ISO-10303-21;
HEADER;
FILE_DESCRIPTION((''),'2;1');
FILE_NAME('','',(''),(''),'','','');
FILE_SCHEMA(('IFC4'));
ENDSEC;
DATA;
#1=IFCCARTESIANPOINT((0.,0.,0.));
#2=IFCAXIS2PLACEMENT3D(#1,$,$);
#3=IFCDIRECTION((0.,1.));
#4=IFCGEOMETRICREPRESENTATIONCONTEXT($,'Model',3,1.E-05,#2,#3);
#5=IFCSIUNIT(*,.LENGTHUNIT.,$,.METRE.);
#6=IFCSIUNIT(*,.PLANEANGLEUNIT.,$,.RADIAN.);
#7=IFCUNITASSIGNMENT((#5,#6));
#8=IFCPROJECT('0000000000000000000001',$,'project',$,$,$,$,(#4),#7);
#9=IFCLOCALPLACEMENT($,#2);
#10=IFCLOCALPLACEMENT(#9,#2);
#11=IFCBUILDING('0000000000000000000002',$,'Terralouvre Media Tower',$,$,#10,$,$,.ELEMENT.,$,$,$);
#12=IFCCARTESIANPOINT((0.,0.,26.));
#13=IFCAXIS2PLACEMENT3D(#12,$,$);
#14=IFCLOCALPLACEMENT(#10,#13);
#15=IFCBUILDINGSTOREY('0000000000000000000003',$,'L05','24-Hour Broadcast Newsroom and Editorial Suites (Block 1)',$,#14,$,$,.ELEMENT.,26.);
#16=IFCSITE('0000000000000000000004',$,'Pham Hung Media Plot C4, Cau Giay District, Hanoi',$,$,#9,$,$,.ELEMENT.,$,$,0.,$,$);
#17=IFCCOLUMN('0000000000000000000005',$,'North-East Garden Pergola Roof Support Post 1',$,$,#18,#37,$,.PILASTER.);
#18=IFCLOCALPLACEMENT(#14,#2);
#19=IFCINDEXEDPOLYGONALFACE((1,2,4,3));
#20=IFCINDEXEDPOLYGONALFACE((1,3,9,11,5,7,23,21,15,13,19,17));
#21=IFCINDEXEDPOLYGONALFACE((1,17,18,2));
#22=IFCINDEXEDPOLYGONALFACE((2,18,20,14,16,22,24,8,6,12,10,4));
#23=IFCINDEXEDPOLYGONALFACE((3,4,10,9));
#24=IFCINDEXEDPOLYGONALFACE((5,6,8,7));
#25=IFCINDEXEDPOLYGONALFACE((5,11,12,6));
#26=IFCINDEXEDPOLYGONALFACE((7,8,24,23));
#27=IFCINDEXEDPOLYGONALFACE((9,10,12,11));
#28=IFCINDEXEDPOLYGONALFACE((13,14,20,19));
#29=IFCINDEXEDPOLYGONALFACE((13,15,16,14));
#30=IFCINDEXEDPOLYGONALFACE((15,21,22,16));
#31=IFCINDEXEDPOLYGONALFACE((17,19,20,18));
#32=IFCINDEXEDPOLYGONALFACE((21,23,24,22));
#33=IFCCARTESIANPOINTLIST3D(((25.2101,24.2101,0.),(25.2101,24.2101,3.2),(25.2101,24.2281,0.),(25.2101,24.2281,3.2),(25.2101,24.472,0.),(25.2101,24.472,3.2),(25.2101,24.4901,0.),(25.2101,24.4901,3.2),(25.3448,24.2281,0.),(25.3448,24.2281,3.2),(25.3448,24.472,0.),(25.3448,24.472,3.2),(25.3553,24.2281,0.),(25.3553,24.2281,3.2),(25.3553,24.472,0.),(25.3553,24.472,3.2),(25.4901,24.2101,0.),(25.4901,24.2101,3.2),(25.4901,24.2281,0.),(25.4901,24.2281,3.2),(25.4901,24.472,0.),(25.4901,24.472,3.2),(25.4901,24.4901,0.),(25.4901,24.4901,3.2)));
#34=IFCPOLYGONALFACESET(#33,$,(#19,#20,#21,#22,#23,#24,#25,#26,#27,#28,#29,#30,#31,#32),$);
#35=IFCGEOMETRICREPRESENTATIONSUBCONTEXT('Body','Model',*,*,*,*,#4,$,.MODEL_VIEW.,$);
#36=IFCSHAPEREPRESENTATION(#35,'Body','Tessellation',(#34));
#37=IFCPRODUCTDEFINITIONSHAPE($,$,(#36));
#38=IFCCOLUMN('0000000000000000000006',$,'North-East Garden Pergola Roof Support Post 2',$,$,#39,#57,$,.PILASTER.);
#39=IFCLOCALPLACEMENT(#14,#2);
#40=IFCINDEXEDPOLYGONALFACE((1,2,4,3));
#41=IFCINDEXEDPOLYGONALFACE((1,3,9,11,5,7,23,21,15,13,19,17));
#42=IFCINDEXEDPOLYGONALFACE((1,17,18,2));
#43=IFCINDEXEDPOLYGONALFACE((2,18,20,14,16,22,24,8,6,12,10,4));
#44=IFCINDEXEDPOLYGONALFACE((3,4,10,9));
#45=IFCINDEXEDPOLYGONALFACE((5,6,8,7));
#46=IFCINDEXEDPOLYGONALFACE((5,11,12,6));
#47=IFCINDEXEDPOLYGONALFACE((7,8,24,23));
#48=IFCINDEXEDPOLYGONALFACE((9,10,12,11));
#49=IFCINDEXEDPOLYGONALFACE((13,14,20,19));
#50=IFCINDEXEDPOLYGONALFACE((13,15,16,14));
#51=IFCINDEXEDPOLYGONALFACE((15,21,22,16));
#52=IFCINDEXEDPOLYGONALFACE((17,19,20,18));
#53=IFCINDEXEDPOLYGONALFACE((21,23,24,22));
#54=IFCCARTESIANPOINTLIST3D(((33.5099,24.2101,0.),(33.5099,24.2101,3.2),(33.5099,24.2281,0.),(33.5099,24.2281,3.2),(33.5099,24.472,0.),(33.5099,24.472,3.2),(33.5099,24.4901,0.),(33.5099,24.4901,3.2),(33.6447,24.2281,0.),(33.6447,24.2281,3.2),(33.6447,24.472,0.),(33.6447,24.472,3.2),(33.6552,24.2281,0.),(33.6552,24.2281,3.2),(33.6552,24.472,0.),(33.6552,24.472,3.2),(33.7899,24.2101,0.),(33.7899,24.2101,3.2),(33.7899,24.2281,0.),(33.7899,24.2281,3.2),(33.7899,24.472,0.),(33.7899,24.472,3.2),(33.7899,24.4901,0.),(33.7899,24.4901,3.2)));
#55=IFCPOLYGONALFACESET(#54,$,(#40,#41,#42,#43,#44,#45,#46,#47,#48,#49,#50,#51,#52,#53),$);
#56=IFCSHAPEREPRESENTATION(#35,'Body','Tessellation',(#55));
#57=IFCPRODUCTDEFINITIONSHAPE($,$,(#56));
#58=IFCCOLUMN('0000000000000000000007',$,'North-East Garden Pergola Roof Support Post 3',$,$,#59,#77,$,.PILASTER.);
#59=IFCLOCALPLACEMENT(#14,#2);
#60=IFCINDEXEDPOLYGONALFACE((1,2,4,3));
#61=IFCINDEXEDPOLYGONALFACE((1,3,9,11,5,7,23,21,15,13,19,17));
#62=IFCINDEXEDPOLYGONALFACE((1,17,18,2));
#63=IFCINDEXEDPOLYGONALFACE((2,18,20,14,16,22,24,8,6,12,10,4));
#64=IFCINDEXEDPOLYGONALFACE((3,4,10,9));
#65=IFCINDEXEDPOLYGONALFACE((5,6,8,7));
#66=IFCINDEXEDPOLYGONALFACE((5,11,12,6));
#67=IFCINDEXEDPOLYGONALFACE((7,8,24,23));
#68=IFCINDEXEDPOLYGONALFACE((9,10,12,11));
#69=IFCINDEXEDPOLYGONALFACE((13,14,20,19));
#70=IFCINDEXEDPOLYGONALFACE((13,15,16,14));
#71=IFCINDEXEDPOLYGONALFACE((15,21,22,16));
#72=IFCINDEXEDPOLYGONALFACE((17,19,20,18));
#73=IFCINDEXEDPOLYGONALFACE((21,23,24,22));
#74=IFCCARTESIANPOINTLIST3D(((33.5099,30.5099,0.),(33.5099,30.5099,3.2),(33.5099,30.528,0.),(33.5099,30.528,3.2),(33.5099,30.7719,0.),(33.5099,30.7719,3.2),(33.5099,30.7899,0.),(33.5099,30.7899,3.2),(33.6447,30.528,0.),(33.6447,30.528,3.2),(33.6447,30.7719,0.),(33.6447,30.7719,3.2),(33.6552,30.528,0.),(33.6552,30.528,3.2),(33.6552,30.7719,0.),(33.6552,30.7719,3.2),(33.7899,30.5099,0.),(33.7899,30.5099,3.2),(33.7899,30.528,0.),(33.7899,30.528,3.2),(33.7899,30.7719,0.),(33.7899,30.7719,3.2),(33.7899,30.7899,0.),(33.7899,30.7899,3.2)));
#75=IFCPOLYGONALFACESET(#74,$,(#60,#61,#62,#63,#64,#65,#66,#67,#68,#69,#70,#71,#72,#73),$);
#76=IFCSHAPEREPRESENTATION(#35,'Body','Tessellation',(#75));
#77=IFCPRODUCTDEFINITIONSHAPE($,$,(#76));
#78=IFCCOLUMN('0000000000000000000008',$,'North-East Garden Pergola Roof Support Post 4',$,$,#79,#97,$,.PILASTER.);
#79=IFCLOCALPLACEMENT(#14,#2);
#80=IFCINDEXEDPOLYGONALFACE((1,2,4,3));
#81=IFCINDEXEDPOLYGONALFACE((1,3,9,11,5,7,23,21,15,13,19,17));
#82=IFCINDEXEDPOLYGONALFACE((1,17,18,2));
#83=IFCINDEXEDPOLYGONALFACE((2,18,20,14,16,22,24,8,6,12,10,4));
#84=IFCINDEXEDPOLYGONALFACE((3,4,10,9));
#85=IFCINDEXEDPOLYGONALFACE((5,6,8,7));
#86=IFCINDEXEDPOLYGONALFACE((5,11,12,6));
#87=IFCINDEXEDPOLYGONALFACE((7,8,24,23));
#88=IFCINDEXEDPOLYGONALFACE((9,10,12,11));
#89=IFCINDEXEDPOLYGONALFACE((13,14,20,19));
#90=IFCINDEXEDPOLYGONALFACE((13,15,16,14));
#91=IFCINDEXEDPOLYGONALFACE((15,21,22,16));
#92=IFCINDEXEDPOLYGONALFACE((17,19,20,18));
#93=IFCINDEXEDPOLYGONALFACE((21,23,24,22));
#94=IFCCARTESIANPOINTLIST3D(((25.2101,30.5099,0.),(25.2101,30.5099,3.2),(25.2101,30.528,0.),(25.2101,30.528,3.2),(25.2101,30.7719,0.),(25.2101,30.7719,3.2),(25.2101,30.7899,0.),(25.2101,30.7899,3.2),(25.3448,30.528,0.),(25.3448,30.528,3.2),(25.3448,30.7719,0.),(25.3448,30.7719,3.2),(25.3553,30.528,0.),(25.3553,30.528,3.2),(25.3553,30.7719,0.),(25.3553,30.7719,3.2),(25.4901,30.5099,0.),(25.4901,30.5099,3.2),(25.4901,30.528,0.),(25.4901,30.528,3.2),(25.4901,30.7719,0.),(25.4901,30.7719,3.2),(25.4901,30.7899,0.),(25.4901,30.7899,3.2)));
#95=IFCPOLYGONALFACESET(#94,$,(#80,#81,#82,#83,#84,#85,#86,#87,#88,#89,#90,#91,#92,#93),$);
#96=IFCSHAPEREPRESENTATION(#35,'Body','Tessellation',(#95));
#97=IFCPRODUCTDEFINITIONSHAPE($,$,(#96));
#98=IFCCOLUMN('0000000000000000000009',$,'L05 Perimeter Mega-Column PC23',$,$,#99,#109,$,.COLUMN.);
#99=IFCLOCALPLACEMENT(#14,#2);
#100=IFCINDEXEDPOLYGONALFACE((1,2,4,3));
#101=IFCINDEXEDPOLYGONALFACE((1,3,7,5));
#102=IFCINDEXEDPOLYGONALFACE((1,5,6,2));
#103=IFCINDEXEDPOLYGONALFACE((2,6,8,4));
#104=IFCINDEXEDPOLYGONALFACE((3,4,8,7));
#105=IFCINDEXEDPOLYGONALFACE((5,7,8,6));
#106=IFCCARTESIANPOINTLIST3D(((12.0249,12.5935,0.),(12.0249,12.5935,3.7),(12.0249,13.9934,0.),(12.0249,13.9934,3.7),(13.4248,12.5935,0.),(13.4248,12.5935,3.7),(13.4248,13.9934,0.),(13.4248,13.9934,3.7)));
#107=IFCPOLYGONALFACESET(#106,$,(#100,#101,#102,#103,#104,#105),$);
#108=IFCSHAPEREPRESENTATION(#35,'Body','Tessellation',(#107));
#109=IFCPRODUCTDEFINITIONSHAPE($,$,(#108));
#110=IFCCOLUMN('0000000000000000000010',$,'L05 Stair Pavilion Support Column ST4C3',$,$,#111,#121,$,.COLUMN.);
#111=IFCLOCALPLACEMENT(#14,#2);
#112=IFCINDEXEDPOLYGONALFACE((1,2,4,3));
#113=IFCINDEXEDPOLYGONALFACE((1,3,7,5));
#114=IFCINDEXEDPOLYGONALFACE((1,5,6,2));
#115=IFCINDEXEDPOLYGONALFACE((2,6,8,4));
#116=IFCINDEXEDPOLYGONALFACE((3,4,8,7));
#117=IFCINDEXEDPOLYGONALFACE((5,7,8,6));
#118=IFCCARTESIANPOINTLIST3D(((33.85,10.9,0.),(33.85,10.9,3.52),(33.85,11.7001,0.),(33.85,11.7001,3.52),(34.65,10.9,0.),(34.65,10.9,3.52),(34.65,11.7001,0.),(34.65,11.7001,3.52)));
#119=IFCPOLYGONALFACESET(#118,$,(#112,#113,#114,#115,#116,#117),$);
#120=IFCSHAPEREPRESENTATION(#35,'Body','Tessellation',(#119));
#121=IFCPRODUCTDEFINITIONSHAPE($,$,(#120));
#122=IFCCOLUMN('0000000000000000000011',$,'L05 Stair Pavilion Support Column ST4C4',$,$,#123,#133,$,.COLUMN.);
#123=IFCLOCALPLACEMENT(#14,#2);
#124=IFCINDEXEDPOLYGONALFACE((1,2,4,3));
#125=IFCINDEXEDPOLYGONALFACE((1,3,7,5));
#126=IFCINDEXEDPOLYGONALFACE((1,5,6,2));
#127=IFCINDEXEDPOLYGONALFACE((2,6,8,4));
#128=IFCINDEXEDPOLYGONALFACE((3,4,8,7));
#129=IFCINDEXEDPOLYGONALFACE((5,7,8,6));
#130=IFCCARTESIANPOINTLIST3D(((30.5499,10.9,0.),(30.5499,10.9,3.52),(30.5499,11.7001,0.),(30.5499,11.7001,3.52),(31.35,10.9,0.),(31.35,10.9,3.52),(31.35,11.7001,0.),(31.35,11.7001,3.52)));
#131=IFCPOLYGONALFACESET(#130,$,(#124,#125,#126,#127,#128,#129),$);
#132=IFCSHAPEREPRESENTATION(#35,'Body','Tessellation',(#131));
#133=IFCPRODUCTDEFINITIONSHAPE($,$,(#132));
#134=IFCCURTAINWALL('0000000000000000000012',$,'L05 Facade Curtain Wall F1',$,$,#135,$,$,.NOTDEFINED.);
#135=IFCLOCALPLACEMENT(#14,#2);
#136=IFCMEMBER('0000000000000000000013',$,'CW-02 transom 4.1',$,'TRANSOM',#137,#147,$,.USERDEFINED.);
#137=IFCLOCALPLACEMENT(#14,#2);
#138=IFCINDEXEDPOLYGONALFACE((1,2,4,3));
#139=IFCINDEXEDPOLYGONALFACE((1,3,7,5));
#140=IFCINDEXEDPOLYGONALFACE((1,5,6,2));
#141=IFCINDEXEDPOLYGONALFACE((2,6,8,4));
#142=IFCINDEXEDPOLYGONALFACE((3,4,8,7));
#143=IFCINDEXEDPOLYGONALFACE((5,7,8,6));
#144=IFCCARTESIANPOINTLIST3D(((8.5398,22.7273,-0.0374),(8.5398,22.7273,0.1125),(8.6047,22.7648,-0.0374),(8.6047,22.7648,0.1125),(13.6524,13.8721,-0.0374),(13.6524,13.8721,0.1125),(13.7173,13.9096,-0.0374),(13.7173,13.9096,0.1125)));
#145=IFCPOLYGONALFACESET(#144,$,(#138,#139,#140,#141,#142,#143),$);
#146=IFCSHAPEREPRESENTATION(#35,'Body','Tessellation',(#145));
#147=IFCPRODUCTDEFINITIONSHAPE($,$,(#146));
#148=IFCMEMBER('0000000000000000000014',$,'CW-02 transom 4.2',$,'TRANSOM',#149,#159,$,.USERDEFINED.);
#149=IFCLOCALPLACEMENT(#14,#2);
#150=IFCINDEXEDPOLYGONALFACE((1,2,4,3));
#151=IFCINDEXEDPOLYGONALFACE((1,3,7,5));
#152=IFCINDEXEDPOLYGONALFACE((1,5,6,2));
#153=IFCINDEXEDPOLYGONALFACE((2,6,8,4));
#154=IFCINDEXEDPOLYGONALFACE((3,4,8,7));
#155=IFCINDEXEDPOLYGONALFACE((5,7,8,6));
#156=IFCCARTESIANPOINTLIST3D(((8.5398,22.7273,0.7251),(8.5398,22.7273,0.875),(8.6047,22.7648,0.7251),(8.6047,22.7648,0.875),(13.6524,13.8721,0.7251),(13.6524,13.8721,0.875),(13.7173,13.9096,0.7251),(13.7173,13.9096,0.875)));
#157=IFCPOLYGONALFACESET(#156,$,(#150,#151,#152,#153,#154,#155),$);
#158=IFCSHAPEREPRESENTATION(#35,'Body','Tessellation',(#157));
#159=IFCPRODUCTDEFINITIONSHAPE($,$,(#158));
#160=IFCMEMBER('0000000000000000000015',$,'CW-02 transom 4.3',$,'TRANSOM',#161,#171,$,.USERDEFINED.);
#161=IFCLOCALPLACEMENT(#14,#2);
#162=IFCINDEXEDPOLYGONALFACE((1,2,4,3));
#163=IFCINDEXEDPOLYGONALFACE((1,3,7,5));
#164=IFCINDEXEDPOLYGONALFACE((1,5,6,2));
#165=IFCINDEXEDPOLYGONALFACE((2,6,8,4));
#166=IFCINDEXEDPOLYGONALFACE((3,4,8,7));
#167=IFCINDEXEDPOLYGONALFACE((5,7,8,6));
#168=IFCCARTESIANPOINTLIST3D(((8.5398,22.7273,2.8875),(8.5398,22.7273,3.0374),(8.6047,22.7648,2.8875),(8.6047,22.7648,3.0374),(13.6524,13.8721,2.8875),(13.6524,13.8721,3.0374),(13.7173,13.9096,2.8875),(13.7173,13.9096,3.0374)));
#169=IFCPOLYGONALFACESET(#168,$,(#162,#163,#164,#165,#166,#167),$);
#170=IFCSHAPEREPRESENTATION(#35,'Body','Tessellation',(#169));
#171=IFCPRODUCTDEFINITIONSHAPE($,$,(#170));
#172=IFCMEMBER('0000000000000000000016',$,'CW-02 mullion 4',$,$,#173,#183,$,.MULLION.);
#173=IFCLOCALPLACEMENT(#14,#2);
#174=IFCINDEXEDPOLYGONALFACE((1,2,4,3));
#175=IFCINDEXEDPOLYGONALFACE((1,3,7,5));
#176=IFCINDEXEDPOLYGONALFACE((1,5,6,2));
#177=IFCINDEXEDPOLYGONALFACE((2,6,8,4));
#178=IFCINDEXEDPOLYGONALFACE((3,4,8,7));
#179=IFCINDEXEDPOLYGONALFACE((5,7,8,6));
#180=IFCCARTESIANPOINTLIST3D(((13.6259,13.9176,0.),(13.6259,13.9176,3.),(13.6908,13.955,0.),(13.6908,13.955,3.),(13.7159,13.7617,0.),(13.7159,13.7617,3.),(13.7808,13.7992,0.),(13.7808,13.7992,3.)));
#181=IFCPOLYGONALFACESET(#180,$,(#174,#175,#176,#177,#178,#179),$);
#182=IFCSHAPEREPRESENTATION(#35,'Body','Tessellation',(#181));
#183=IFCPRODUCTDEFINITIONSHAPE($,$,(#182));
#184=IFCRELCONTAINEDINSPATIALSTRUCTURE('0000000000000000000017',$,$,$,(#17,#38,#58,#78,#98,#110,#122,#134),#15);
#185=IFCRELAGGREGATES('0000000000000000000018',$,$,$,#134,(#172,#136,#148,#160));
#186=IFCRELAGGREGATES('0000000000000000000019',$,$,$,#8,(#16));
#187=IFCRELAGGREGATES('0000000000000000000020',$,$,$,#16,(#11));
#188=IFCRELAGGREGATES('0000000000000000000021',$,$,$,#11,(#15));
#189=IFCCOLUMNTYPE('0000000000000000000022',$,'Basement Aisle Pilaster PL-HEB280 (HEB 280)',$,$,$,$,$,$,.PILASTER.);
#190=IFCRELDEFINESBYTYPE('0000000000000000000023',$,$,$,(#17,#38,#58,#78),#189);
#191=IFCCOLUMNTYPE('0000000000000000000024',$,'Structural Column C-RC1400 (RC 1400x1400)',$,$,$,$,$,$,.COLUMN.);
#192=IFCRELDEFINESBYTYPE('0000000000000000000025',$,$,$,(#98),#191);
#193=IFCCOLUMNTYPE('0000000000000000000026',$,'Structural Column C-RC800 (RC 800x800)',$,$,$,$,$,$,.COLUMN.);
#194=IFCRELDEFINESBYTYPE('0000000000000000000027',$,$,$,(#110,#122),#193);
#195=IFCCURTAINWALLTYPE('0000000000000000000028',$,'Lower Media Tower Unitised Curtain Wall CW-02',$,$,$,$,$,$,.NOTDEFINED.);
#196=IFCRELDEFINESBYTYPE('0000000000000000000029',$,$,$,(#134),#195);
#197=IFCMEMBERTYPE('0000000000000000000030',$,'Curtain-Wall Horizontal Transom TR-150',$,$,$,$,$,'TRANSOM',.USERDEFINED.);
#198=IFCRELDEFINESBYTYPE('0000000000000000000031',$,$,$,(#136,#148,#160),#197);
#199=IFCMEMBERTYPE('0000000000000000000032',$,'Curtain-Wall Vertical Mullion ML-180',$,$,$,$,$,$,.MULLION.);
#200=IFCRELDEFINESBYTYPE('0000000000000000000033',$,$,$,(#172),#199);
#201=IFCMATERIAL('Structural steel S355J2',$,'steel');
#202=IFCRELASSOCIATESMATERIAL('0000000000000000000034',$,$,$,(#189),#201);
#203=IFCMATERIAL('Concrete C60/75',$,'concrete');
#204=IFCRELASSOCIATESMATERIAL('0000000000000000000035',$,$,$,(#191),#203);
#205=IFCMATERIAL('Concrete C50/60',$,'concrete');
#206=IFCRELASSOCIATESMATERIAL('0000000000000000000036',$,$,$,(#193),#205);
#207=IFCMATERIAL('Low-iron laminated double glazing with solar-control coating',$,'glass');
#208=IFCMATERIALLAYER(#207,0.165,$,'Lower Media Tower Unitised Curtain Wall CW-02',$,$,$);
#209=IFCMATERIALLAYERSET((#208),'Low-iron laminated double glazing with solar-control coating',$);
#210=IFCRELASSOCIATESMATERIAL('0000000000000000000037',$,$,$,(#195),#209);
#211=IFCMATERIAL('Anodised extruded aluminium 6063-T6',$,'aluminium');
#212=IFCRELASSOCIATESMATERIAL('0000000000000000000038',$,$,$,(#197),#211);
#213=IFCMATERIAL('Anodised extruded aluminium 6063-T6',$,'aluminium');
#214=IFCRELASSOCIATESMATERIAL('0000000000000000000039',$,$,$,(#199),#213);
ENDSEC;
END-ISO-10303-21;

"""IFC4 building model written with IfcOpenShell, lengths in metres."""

from ifc_helpers import new_model, si_unit, direction, frame, origin, origin_2d, place, context, subcontext, project, spatial, rectangle, i_section, extrude, material, layer, layer_set, material_profile, profile_set, type_object, element, aggregate, save


model = new_model("IFC4")

# Units and contexts
model_context = context("Model", 3, precision=1e-05, world=origin(), true_north=direction((0.0, 1.0)))
body_context = subcontext(model_context, "Body", "Model", "MODEL_VIEW")
ifc_project = project(units=[si_unit("LENGTHUNIT", "METRE"), si_unit("PLANEANGLEUNIT", "RADIAN")], contexts=[model_context])

# Site, building, storey
site_placement = place(None, origin())
site = spatial("IfcSite", under=ifc_project, at=site_placement, Name="Pham Hung Media Plot C4, Cau Giay District, Hanoi", CompositionType="ELEMENT", RefElevation=0.0)
building_placement = place(site_placement, origin())
building = spatial("IfcBuilding", under=site, at=building_placement, Name="Terralouvre Media Tower", CompositionType="ELEMENT")
storey_placement = place(building_placement, frame((0.0, 0.0, 26.0)))
storey = spatial("IfcBuildingStorey", under=building, at=storey_placement, Name="L05", Description="24-Hour Broadcast Newsroom and Editorial Suites (Block 1)", CompositionType="ELEMENT", Elevation=26.0)

# Columns
ifc_material_1 = material(Name="Structural steel S355J2", Category="steel")
ifc_material_profile_1 = material_profile(ifc_material_1, i_section(OverallWidth=0.28, OverallDepth=0.28, WebThickness=0.0105, FlangeThickness=0.0181, at=origin_2d()), Name="HEB 280")
ifc_profile_set_1 = profile_set([ifc_material_profile_1], Name="Structural steel S355J2")
column_type_1 = type_object("IfcColumnType", Name="Basement Aisle Pilaster PL-HEB280 (HEB 280)", PredefinedType="PILASTER", material=ifc_profile_set_1)
for number, where, z_axis, x_axis, name in (
    (1, (25.3501, 24.3501, 0.0), (0.0, 0.0, 1.0), (1.0, 0.0, 0.0), "North-East Garden Pergola Roof Support Post 1"),
    (2, (33.6499, 24.3501, 0.0), (0.0, 0.0, 1.0), (1.0, 0.0, 0.0), "North-East Garden Pergola Roof Support Post 2"),
    (3, (33.6499, 30.6499, 0.0), (0.0, 0.0, 1.0), (1.0, 0.0, 0.0), "North-East Garden Pergola Roof Support Post 3"),
    (4, (25.3501, 30.6499, 0.0), (0.0, 0.0, 1.0), (1.0, 0.0, 0.0), "North-East Garden Pergola Roof Support Post 4"),
):
    element("IfcColumn", number, at=place(storey_placement, frame(where, z_axis=z_axis, x_axis=x_axis)), inside=storey, type_object=column_type_1, Name=name, PredefinedType="PILASTER", context=body_context, shape_type="SweptSolid", body=[
        extrude(i_section(OverallWidth=0.28, OverallDepth=0.28, WebThickness=0.0105, FlangeThickness=0.0181, at=origin_2d()), origin(), (0.0, 0.0, 1.0), 3.2),
    ])
ifc_material_2 = material(Name="Concrete C60/75", Category="concrete")
ifc_material_profile_2 = material_profile(ifc_material_2, rectangle(XDim=1.3999, YDim=1.3999, at=origin_2d()), Name="RC 1400x1400")
ifc_profile_set_2 = profile_set([ifc_material_profile_2], Name="Concrete C60/75")
column_type_2 = type_object("IfcColumnType", Name="Structural Column C-RC1400 (RC 1400x1400)", PredefinedType="COLUMN", material=ifc_profile_set_2)
column_placement = place(storey_placement, frame((12.7249, 13.2935, 0.0), z_axis=(0.0, 0.0, 1.0), x_axis=(1.0, 0.0, 0.0)))
element("IfcColumn", 5, at=column_placement, inside=storey, type_object=column_type_2, Name="L05 Perimeter Mega-Column PC23", PredefinedType="COLUMN", context=body_context, shape_type="SweptSolid", body=[
    extrude(rectangle(XDim=1.3999, YDim=1.3999, at=origin_2d()), origin(), (0.0, 0.0, 1.0), 3.7),
])
ifc_material_3 = material(Name="Concrete C50/60", Category="concrete")
ifc_material_profile_3 = material_profile(ifc_material_3, rectangle(XDim=0.8, YDim=0.8, at=origin_2d()), Name="RC 800x800")
ifc_profile_set_3 = profile_set([ifc_material_profile_3], Name="Concrete C50/60")
column_type_3 = type_object("IfcColumnType", Name="Structural Column C-RC800 (RC 800x800)", PredefinedType="COLUMN", material=ifc_profile_set_3)
for number, where, z_axis, x_axis, name in (
    (6, (34.25, 11.3, 0.0), (0.0, 0.0, 1.0), (1.0, 0.0, 0.0), "L05 Stair Pavilion Support Column ST4C3"),
    (7, (30.95, 11.3, 0.0), (0.0, 0.0, 1.0), (1.0, 0.0, 0.0), "L05 Stair Pavilion Support Column ST4C4"),
):
    element("IfcColumn", number, at=place(storey_placement, frame(where, z_axis=z_axis, x_axis=x_axis)), inside=storey, type_object=column_type_3, Name=name, PredefinedType="COLUMN", context=body_context, shape_type="SweptSolid", body=[
        extrude(rectangle(XDim=0.8, YDim=0.8, at=origin_2d()), origin(), (0.0, 0.0, 1.0), 3.52),
    ])

# Curtain wall, members
ifc_material_4 = material(Name="Low-iron laminated double glazing with solar-control coating", Category="glass")
ifc_layer_1 = layer(ifc_material_4, 0.165, Name="Lower Media Tower Unitised Curtain Wall CW-02")
ifc_layer_set_1 = layer_set([ifc_layer_1], Name="Low-iron laminated double glazing with solar-control coating")
curtain_wall_type = type_object("IfcCurtainWallType", Name="Lower Media Tower Unitised Curtain Wall CW-02", PredefinedType="NOTDEFINED", material=ifc_layer_set_1)
curtain_wall_placement = place(storey_placement, origin())
curtain_wall = element("IfcCurtainWall", 8, at=curtain_wall_placement, inside=storey, type_object=curtain_wall_type, Name="L05 Facade Curtain Wall F1", PredefinedType="NOTDEFINED")
ifc_material_5 = material(Name="Anodised extruded aluminium 6063-T6", Category="aluminium")
ifc_material_profile_4 = material_profile(ifc_material_5, rectangle(XDim=0.075, YDim=0.1499, at=origin_2d()), Name="ALU 75x150")
ifc_profile_set_4 = profile_set([ifc_material_profile_4], Name="Anodised extruded aluminium 6063-T6")
member_type_1 = type_object("IfcMemberType", Name="Curtain-Wall Horizontal Transom TR-150", ElementType="TRANSOM", PredefinedType="USERDEFINED", material=ifc_profile_set_4)
member_1_placement = place(storey_placement, frame((13.6848, 13.8909, 0.0376), z_axis=(-0.499999, 0.866026, 0.0), x_axis=(-0.866026, -0.499999, 0.0)))
member_1 = element("IfcMember", 9, at=member_1_placement, type_object=member_type_1, Name="CW-02 transom 4.1", ObjectType="TRANSOM", PredefinedType="USERDEFINED", context=body_context, shape_type="SweptSolid", body=[
    extrude(rectangle(XDim=0.075, YDim=0.1499, at=origin_2d()), origin(), (0.0, 0.0, 1.0), 10.2251),
])
member_2_placement = place(storey_placement, frame((13.6848, 13.8909, 0.8), z_axis=(-0.499999, 0.866026, 0.0), x_axis=(-0.866026, -0.499999, 0.0)))
member_2 = element("IfcMember", 10, at=member_2_placement, type_object=member_type_1, Name="CW-02 transom 4.2", ObjectType="TRANSOM", PredefinedType="USERDEFINED", context=body_context, shape_type="SweptSolid", body=[
    extrude(rectangle(XDim=0.075, YDim=0.1499, at=origin_2d()), origin(), (0.0, 0.0, 1.0), 10.2251),
])
member_3_placement = place(storey_placement, frame((13.6848, 13.8909, 2.9624), z_axis=(-0.499999, 0.866026, 0.0), x_axis=(-0.866026, -0.499999, 0.0)))
member_3 = element("IfcMember", 11, at=member_3_placement, type_object=member_type_1, Name="CW-02 transom 4.3", ObjectType="TRANSOM", PredefinedType="USERDEFINED", context=body_context, shape_type="SweptSolid", body=[
    extrude(rectangle(XDim=0.075, YDim=0.1499, at=origin_2d()), origin(), (0.0, 0.0, 1.0), 10.2251),
])
ifc_material_6 = material(Name="Anodised extruded aluminium 6063-T6", Category="aluminium")
ifc_material_profile_5 = material_profile(ifc_material_6, rectangle(XDim=0.075, YDim=0.1799, at=origin_2d()), Name="ALU 75x180")
ifc_profile_set_5 = profile_set([ifc_material_profile_5], Name="Anodised extruded aluminium 6063-T6")
member_type_2 = type_object("IfcMemberType", Name="Curtain-Wall Vertical Mullion ML-180", PredefinedType="MULLION", material=ifc_profile_set_5)
member_4_placement = place(storey_placement, frame((13.7034, 13.8584, 0.0), z_axis=(0.0, 0.0, 1.0), x_axis=(-0.866025, -0.5, 0.0)))
member_4 = element("IfcMember", 12, at=member_4_placement, type_object=member_type_2, Name="CW-02 mullion 4", PredefinedType="MULLION", context=body_context, shape_type="SweptSolid", body=[
    extrude(rectangle(XDim=0.075, YDim=0.1799, at=origin_2d()), origin(), (0.0, 0.0, 1.0), 3.0),
])

aggregate(curtain_wall, [member_4, member_1, member_2, member_3])

save(model, "model.ifc")
